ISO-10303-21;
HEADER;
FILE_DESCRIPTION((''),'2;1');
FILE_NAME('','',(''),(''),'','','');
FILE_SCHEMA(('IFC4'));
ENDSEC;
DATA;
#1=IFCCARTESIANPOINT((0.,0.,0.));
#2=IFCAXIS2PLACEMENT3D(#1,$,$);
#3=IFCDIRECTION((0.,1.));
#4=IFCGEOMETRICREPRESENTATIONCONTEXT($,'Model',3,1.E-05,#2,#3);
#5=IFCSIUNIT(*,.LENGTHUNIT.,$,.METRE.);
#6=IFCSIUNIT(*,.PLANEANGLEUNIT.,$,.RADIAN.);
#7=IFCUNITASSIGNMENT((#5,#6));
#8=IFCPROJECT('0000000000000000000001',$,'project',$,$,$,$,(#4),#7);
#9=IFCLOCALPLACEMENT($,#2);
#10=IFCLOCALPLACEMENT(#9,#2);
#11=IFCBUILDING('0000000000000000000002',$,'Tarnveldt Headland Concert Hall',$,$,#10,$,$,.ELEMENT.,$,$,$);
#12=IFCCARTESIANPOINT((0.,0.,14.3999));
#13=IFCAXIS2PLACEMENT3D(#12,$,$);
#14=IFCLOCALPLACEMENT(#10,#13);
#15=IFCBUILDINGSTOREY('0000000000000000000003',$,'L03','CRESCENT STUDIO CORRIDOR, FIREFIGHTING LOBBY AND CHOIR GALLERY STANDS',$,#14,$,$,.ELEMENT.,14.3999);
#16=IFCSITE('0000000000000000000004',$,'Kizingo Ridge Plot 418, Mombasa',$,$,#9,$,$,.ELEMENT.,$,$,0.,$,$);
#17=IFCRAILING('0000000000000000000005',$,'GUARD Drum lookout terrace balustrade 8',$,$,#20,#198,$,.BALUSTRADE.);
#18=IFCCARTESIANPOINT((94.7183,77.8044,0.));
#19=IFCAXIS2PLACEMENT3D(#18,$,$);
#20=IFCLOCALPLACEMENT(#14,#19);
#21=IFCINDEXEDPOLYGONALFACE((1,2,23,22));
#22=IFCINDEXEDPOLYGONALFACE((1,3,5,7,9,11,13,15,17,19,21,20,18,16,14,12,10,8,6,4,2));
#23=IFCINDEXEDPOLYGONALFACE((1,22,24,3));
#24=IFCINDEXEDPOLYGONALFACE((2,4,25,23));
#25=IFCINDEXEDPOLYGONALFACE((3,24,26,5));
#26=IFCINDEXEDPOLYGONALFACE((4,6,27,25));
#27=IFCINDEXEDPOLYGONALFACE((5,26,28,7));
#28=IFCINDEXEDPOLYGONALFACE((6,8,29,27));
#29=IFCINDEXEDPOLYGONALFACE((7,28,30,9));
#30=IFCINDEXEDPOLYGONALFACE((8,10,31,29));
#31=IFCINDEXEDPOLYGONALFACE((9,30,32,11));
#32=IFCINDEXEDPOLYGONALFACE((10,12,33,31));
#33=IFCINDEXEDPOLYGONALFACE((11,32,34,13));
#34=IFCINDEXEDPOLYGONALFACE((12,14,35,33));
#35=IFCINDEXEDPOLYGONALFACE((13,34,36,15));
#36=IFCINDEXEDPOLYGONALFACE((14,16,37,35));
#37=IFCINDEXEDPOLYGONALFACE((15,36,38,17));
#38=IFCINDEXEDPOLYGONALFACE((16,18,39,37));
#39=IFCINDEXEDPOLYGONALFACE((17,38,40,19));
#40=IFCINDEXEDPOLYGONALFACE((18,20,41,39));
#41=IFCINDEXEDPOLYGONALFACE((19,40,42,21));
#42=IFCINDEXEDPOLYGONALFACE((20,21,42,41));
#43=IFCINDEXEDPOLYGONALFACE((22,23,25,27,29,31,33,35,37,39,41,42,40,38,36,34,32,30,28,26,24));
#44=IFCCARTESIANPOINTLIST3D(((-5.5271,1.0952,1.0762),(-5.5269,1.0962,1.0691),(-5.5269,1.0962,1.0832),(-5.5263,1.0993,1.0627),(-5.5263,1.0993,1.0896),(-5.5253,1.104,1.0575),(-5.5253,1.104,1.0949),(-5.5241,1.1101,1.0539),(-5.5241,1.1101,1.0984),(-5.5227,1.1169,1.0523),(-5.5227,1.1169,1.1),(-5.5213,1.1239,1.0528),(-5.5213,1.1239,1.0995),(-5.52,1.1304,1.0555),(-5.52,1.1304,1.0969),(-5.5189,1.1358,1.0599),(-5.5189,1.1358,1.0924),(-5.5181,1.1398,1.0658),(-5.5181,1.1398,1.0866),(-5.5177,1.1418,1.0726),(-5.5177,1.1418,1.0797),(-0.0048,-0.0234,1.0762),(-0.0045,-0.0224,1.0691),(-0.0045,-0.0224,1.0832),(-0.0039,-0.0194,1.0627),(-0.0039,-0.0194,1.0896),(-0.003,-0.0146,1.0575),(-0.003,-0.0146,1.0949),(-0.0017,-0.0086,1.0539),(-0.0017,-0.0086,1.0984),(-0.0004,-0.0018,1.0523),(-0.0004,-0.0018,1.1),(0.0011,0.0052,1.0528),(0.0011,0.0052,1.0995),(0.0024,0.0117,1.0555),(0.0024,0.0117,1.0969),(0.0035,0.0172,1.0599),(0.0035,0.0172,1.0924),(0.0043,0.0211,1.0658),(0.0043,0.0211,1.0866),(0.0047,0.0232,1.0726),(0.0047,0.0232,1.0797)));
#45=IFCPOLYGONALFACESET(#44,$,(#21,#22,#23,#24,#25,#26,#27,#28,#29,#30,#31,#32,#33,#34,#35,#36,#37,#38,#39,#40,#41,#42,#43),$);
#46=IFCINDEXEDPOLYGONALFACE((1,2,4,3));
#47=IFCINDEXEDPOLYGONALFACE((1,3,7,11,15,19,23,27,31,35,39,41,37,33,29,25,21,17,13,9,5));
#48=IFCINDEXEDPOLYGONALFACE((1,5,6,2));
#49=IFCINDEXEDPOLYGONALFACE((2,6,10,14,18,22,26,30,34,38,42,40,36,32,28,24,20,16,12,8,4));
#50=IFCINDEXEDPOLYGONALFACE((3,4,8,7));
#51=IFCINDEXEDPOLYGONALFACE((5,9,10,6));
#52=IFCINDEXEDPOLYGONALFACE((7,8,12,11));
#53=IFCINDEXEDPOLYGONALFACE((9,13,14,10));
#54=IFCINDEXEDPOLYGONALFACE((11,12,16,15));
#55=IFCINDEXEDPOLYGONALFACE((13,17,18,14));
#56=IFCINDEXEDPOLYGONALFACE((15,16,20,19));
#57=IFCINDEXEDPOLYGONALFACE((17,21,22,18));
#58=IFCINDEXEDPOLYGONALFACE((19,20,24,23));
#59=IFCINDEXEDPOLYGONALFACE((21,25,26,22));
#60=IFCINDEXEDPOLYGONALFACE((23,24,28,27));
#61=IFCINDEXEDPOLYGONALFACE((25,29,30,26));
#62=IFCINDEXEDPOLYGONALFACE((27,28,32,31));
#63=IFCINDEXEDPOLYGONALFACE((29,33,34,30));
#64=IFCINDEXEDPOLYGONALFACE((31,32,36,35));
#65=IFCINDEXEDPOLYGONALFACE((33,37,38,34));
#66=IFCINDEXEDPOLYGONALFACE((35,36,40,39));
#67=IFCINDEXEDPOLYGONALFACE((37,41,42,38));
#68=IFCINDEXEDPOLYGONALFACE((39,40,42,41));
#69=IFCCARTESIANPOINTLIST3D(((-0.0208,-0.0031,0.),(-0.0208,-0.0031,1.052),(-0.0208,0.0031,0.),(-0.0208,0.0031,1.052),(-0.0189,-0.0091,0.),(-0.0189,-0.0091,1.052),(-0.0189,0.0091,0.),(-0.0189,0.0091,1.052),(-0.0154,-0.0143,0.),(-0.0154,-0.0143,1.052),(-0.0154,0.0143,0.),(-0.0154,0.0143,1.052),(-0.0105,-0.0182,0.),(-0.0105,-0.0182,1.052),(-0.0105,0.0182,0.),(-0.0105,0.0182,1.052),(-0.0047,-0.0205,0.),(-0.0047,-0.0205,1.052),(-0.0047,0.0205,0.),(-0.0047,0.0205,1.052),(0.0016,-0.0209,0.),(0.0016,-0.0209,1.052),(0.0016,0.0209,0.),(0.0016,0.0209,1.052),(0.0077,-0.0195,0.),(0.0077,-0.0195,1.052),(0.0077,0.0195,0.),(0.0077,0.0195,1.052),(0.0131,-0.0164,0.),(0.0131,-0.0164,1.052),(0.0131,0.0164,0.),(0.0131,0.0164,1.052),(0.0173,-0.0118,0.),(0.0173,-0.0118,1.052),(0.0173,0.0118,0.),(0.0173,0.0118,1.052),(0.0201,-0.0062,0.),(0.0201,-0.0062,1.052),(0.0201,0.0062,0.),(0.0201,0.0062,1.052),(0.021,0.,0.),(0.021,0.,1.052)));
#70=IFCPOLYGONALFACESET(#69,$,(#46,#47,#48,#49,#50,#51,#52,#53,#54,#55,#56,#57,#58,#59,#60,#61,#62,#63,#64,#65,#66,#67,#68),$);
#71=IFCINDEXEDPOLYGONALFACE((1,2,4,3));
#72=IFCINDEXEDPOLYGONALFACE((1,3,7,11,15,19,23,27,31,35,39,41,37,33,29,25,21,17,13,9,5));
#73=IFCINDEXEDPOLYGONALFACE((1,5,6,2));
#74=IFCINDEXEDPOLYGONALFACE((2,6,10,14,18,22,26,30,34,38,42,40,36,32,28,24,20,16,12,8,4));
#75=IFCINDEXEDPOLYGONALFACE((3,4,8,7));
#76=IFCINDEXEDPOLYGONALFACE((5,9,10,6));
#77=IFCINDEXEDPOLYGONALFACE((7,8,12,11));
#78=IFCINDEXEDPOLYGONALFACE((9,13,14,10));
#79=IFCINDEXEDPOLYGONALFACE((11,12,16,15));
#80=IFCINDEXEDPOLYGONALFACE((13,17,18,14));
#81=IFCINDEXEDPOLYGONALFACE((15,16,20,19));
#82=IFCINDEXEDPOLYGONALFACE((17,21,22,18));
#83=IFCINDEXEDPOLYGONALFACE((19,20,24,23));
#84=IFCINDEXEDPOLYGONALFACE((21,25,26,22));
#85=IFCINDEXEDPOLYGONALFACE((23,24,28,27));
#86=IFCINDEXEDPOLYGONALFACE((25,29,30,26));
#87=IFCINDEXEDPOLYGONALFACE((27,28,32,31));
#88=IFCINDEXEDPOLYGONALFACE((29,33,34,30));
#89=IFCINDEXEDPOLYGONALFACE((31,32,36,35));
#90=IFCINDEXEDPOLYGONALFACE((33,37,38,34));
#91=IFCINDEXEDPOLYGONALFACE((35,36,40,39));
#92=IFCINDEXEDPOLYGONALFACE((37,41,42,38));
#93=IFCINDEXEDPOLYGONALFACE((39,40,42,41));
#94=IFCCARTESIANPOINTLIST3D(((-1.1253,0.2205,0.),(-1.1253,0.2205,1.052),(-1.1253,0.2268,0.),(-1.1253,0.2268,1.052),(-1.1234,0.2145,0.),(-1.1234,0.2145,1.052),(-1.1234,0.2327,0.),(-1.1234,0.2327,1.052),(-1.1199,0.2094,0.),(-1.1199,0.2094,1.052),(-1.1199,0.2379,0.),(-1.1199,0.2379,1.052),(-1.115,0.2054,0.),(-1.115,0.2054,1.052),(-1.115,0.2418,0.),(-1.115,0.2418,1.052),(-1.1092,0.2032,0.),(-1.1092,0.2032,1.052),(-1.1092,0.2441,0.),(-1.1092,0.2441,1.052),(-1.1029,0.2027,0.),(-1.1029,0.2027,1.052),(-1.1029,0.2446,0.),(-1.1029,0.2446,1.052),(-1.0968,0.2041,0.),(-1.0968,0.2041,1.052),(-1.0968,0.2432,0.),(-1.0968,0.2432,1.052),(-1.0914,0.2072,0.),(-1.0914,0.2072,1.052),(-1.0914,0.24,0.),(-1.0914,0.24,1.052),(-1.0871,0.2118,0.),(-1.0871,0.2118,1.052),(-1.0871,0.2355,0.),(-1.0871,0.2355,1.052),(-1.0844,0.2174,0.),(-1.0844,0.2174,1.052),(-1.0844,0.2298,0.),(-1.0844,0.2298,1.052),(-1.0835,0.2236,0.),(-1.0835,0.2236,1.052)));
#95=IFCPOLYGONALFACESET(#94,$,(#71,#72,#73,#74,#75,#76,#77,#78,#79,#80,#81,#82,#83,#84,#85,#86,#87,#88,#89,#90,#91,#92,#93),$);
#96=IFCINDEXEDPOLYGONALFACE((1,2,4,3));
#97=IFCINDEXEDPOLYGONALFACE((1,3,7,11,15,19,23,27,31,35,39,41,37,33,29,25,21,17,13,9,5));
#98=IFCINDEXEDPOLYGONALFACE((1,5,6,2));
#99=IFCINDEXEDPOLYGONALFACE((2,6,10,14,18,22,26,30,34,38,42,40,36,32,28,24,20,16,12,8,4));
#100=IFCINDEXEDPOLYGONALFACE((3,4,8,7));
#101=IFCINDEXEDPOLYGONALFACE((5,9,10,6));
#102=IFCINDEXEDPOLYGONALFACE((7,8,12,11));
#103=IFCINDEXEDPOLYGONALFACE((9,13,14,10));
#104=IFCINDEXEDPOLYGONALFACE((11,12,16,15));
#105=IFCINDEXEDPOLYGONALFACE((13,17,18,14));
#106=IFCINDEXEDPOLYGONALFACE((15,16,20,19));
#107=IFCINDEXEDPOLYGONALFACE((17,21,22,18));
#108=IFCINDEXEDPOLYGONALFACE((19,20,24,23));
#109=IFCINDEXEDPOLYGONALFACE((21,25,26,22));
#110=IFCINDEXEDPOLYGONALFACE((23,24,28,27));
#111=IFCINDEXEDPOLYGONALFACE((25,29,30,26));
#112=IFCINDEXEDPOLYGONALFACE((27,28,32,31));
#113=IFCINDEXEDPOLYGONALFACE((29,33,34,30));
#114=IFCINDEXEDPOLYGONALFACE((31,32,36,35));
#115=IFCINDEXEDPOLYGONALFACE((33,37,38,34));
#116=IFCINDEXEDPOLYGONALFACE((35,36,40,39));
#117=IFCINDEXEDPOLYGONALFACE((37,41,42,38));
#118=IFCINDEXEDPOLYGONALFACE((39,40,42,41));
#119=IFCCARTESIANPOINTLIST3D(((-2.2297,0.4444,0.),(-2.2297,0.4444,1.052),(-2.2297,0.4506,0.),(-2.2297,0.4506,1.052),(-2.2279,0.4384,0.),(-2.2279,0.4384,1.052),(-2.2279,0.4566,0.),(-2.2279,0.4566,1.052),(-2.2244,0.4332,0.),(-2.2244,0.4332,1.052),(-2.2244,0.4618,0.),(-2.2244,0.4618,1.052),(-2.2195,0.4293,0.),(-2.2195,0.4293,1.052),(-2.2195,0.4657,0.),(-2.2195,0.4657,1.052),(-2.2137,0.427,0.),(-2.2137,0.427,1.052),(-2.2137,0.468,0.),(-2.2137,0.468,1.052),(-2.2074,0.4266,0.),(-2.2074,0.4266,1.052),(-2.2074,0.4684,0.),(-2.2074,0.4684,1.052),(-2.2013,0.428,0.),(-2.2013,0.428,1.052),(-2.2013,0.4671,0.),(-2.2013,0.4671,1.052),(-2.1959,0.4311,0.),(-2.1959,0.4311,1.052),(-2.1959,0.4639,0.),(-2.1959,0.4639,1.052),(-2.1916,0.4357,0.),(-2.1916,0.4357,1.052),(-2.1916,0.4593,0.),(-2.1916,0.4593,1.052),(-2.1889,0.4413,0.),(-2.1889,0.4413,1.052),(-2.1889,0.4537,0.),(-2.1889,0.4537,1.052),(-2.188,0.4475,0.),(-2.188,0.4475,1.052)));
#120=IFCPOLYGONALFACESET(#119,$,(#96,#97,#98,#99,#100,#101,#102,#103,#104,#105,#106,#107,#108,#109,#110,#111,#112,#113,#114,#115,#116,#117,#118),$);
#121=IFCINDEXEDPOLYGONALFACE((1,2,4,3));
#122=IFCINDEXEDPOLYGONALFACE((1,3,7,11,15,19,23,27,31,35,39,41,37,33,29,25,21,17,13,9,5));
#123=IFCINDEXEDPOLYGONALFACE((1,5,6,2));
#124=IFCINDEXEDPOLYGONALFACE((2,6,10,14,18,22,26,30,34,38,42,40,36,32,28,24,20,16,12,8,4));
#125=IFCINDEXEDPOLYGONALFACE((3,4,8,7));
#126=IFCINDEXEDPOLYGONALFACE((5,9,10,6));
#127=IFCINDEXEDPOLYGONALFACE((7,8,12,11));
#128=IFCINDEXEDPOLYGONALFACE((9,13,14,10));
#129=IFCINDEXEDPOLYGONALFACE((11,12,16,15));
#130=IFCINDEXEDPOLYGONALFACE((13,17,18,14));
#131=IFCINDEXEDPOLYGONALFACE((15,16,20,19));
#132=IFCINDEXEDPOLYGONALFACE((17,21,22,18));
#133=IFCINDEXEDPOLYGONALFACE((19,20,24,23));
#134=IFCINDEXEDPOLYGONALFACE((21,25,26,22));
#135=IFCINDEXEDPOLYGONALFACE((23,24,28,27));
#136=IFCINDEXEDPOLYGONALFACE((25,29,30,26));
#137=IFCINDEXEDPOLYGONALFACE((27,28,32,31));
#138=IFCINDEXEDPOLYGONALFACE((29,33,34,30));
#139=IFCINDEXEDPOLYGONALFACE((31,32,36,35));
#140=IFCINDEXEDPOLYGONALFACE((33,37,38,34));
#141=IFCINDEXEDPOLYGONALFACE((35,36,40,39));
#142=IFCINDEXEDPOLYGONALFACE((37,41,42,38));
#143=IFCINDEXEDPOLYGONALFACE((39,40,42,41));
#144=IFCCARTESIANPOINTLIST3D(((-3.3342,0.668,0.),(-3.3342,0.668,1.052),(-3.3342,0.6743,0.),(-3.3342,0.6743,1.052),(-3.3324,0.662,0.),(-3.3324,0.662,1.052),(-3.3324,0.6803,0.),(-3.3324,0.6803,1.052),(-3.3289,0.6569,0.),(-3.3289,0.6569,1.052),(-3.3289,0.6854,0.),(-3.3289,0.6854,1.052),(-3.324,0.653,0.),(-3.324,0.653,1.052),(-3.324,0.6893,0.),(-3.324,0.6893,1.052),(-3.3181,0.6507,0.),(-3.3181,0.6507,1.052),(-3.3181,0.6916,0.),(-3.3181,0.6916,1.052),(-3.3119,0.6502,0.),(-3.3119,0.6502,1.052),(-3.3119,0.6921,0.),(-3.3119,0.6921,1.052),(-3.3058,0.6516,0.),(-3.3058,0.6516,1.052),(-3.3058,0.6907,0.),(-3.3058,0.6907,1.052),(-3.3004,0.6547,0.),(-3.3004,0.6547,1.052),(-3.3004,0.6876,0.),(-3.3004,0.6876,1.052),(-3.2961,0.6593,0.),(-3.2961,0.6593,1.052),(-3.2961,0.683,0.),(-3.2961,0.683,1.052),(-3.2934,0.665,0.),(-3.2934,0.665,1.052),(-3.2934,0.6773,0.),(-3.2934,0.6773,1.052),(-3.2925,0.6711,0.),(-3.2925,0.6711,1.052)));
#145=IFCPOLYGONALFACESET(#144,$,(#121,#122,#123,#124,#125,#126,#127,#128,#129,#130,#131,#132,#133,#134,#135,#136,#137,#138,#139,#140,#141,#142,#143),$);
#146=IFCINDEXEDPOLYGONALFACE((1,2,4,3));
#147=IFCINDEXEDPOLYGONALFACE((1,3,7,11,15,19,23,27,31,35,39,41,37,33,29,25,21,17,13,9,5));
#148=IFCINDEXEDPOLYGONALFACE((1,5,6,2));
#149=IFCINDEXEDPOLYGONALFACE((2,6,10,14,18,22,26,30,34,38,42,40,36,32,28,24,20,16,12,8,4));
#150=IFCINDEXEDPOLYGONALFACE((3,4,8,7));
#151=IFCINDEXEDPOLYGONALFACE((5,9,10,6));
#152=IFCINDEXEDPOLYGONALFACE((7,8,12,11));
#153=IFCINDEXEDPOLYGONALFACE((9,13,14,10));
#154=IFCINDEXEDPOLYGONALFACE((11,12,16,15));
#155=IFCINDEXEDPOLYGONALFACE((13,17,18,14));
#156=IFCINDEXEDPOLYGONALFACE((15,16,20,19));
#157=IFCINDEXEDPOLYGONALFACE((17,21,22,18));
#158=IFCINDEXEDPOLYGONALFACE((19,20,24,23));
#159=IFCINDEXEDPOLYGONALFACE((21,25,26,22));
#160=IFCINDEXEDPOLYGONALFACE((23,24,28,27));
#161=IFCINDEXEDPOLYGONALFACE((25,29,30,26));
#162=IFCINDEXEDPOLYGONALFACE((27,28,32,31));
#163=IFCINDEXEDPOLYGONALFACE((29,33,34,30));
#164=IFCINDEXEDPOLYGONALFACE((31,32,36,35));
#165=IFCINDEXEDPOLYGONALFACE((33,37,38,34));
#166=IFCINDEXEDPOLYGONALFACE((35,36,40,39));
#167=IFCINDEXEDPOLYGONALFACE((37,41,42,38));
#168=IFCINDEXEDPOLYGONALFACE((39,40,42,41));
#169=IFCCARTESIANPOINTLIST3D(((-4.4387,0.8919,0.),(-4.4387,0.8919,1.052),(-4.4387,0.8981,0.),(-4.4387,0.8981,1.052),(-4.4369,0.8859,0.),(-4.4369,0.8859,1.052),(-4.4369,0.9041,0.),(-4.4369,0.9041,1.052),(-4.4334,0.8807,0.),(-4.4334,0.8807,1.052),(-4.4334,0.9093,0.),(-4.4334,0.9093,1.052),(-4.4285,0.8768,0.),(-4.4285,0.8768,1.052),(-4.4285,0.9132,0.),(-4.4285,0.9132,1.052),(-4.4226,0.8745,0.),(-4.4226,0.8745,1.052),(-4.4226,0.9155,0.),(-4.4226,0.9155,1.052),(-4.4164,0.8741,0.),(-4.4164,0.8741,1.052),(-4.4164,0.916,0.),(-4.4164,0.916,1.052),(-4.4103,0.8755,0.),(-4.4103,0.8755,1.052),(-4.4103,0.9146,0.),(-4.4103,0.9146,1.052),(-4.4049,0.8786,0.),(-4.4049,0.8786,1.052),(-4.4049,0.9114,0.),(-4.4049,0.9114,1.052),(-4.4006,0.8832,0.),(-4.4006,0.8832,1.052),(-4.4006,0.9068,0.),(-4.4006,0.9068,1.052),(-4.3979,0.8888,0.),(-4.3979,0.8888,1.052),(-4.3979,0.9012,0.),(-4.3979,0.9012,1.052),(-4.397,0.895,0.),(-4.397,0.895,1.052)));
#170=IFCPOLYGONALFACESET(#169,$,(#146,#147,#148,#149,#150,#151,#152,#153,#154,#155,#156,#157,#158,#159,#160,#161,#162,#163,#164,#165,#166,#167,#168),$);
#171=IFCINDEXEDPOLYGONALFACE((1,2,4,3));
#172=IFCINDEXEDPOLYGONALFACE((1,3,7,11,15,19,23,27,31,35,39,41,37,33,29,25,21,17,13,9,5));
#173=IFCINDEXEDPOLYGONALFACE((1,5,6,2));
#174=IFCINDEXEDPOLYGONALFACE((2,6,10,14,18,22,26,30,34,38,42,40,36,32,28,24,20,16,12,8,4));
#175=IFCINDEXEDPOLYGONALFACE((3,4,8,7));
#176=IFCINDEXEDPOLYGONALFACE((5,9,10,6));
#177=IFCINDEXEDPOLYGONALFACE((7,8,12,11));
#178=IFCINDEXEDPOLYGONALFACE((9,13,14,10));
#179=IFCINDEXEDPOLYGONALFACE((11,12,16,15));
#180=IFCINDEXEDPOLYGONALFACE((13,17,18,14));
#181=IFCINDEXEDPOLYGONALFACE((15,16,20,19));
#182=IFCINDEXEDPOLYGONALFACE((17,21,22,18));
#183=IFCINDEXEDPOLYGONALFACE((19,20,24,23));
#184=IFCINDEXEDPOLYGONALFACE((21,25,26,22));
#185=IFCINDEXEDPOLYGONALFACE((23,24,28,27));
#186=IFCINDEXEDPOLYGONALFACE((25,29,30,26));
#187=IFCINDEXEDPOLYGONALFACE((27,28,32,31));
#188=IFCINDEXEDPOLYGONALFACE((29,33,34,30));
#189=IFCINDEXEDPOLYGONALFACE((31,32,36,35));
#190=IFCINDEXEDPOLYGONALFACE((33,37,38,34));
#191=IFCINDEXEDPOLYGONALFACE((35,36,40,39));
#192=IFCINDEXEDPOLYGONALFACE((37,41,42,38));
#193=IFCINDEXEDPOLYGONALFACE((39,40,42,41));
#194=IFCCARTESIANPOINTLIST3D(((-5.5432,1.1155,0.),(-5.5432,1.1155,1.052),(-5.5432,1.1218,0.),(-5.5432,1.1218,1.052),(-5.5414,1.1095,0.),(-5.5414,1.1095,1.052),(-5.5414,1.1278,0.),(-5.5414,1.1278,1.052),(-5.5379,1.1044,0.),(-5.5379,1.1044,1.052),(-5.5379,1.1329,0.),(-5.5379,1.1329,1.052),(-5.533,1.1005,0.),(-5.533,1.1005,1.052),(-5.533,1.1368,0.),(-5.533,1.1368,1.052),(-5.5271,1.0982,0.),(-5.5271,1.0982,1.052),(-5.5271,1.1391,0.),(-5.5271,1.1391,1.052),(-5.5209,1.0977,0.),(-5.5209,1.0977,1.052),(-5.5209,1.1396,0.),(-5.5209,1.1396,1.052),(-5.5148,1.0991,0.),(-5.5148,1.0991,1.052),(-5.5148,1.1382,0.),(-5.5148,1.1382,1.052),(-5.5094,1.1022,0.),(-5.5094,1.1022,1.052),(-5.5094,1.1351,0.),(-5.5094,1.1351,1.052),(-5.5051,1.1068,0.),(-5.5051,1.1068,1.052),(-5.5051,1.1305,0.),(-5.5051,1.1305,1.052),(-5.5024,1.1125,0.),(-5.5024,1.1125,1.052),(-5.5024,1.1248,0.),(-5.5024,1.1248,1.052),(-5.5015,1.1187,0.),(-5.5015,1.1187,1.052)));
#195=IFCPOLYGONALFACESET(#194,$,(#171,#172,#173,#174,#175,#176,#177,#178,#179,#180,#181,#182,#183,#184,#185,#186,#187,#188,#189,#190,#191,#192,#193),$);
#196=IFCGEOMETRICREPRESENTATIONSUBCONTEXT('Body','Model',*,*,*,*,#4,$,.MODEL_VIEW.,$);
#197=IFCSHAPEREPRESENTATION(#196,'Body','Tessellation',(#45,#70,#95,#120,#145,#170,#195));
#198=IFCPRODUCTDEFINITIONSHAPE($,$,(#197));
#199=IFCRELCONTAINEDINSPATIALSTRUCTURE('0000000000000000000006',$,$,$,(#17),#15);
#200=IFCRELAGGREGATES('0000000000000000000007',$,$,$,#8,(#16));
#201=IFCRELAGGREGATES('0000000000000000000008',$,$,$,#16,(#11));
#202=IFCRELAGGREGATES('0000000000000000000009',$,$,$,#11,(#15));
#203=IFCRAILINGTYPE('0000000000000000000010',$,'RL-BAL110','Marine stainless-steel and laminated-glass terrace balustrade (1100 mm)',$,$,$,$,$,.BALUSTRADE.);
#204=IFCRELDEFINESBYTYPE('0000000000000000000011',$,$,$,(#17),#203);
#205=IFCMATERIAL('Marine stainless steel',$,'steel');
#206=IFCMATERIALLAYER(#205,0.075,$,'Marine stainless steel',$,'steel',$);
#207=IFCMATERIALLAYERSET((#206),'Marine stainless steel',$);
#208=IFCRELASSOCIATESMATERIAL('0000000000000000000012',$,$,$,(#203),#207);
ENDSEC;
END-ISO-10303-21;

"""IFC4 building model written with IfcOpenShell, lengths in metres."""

from ifc_helpers import new_model, si_unit, direction, frame, origin, origin_2d, place, context, subcontext, project, spatial, circle, extrude, material, layer, layer_set, type_object, element, save


model = new_model("IFC4")

# Units and contexts
model_context = context("Model", 3, precision=1e-05, world=origin(), true_north=direction((0.0, 1.0)))
body_context = subcontext(model_context, "Body", "Model", "MODEL_VIEW")
ifc_project = project(units=[si_unit("LENGTHUNIT", "METRE"), si_unit("PLANEANGLEUNIT", "RADIAN")], contexts=[model_context])

# Site, building, storey
site_placement = place(None, origin())
site = spatial("IfcSite", under=ifc_project, at=site_placement, Name="Kizingo Ridge Plot 418, Mombasa", CompositionType="ELEMENT", RefElevation=0.0)
building_placement = place(site_placement, origin())
building = spatial("IfcBuilding", under=site, at=building_placement, Name="Tarnveldt Headland Concert Hall", CompositionType="ELEMENT")
storey_placement = place(building_placement, frame((0.0, 0.0, 14.3999)))
storey = spatial("IfcBuildingStorey", under=building, at=storey_placement, Name="L03", Description="CRESCENT STUDIO CORRIDOR, FIREFIGHTING LOBBY AND CHOIR GALLERY STANDS", CompositionType="ELEMENT", Elevation=14.3999)

# Railing
ifc_material_1 = material(Name="Marine stainless steel", Category="steel")
ifc_layer_1 = layer(ifc_material_1, 0.075, Name="Marine stainless steel", Category="steel")
ifc_layer_set_1 = layer_set([ifc_layer_1], Name="Marine stainless steel")
railing_type_1 = type_object("IfcRailingType", Name="RL-BAL110", Description="Marine stainless-steel and laminated-glass terrace balustrade (1100 mm)", PredefinedType="BALUSTRADE", material=ifc_layer_set_1)
railing_1_placement = place(storey_placement, frame((94.7183, 77.8044, 0.0)))
element("IfcRailing", 1, at=railing_1_placement, inside=storey, type_object=railing_type_1, Name="GUARD Drum lookout terrace balustrade 8", PredefinedType="BALUSTRADE", context=body_context, shape_type="SweptSolid", body=[
    extrude(circle(Radius=0.0239, at=origin_2d()), frame((0.0, 0.0, 1.0762), z_axis=(-0.980094, 0.198532, 0.0), x_axis=(-0.198532, -0.980094, 0.0)), (0.0, 0.0, 1.0), 5.6345),
    extrude(circle(Radius=0.021, at=origin_2d()), origin(), (0.0, 0.0, 1.0), 1.052),
    extrude(circle(Radius=0.021, at=origin_2d()), frame((-1.1045, 0.2236, 0.0)), (0.0, 0.0, 1.0), 1.052),
    extrude(circle(Radius=0.021, at=origin_2d()), frame((-2.209, 0.4475, 0.0)), (0.0, 0.0, 1.0), 1.052),
    extrude(circle(Radius=0.021, at=origin_2d()), frame((-3.3135, 0.6711, 0.0)), (0.0, 0.0, 1.0), 1.052),
    extrude(circle(Radius=0.021, at=origin_2d()), frame((-4.418, 0.895, 0.0)), (0.0, 0.0, 1.0), 1.052),
    extrude(circle(Radius=0.021, at=origin_2d()), frame((-5.5225, 1.1187, 0.0)), (0.0, 0.0, 1.0), 1.052),
])

save(model, "model.ifc")
